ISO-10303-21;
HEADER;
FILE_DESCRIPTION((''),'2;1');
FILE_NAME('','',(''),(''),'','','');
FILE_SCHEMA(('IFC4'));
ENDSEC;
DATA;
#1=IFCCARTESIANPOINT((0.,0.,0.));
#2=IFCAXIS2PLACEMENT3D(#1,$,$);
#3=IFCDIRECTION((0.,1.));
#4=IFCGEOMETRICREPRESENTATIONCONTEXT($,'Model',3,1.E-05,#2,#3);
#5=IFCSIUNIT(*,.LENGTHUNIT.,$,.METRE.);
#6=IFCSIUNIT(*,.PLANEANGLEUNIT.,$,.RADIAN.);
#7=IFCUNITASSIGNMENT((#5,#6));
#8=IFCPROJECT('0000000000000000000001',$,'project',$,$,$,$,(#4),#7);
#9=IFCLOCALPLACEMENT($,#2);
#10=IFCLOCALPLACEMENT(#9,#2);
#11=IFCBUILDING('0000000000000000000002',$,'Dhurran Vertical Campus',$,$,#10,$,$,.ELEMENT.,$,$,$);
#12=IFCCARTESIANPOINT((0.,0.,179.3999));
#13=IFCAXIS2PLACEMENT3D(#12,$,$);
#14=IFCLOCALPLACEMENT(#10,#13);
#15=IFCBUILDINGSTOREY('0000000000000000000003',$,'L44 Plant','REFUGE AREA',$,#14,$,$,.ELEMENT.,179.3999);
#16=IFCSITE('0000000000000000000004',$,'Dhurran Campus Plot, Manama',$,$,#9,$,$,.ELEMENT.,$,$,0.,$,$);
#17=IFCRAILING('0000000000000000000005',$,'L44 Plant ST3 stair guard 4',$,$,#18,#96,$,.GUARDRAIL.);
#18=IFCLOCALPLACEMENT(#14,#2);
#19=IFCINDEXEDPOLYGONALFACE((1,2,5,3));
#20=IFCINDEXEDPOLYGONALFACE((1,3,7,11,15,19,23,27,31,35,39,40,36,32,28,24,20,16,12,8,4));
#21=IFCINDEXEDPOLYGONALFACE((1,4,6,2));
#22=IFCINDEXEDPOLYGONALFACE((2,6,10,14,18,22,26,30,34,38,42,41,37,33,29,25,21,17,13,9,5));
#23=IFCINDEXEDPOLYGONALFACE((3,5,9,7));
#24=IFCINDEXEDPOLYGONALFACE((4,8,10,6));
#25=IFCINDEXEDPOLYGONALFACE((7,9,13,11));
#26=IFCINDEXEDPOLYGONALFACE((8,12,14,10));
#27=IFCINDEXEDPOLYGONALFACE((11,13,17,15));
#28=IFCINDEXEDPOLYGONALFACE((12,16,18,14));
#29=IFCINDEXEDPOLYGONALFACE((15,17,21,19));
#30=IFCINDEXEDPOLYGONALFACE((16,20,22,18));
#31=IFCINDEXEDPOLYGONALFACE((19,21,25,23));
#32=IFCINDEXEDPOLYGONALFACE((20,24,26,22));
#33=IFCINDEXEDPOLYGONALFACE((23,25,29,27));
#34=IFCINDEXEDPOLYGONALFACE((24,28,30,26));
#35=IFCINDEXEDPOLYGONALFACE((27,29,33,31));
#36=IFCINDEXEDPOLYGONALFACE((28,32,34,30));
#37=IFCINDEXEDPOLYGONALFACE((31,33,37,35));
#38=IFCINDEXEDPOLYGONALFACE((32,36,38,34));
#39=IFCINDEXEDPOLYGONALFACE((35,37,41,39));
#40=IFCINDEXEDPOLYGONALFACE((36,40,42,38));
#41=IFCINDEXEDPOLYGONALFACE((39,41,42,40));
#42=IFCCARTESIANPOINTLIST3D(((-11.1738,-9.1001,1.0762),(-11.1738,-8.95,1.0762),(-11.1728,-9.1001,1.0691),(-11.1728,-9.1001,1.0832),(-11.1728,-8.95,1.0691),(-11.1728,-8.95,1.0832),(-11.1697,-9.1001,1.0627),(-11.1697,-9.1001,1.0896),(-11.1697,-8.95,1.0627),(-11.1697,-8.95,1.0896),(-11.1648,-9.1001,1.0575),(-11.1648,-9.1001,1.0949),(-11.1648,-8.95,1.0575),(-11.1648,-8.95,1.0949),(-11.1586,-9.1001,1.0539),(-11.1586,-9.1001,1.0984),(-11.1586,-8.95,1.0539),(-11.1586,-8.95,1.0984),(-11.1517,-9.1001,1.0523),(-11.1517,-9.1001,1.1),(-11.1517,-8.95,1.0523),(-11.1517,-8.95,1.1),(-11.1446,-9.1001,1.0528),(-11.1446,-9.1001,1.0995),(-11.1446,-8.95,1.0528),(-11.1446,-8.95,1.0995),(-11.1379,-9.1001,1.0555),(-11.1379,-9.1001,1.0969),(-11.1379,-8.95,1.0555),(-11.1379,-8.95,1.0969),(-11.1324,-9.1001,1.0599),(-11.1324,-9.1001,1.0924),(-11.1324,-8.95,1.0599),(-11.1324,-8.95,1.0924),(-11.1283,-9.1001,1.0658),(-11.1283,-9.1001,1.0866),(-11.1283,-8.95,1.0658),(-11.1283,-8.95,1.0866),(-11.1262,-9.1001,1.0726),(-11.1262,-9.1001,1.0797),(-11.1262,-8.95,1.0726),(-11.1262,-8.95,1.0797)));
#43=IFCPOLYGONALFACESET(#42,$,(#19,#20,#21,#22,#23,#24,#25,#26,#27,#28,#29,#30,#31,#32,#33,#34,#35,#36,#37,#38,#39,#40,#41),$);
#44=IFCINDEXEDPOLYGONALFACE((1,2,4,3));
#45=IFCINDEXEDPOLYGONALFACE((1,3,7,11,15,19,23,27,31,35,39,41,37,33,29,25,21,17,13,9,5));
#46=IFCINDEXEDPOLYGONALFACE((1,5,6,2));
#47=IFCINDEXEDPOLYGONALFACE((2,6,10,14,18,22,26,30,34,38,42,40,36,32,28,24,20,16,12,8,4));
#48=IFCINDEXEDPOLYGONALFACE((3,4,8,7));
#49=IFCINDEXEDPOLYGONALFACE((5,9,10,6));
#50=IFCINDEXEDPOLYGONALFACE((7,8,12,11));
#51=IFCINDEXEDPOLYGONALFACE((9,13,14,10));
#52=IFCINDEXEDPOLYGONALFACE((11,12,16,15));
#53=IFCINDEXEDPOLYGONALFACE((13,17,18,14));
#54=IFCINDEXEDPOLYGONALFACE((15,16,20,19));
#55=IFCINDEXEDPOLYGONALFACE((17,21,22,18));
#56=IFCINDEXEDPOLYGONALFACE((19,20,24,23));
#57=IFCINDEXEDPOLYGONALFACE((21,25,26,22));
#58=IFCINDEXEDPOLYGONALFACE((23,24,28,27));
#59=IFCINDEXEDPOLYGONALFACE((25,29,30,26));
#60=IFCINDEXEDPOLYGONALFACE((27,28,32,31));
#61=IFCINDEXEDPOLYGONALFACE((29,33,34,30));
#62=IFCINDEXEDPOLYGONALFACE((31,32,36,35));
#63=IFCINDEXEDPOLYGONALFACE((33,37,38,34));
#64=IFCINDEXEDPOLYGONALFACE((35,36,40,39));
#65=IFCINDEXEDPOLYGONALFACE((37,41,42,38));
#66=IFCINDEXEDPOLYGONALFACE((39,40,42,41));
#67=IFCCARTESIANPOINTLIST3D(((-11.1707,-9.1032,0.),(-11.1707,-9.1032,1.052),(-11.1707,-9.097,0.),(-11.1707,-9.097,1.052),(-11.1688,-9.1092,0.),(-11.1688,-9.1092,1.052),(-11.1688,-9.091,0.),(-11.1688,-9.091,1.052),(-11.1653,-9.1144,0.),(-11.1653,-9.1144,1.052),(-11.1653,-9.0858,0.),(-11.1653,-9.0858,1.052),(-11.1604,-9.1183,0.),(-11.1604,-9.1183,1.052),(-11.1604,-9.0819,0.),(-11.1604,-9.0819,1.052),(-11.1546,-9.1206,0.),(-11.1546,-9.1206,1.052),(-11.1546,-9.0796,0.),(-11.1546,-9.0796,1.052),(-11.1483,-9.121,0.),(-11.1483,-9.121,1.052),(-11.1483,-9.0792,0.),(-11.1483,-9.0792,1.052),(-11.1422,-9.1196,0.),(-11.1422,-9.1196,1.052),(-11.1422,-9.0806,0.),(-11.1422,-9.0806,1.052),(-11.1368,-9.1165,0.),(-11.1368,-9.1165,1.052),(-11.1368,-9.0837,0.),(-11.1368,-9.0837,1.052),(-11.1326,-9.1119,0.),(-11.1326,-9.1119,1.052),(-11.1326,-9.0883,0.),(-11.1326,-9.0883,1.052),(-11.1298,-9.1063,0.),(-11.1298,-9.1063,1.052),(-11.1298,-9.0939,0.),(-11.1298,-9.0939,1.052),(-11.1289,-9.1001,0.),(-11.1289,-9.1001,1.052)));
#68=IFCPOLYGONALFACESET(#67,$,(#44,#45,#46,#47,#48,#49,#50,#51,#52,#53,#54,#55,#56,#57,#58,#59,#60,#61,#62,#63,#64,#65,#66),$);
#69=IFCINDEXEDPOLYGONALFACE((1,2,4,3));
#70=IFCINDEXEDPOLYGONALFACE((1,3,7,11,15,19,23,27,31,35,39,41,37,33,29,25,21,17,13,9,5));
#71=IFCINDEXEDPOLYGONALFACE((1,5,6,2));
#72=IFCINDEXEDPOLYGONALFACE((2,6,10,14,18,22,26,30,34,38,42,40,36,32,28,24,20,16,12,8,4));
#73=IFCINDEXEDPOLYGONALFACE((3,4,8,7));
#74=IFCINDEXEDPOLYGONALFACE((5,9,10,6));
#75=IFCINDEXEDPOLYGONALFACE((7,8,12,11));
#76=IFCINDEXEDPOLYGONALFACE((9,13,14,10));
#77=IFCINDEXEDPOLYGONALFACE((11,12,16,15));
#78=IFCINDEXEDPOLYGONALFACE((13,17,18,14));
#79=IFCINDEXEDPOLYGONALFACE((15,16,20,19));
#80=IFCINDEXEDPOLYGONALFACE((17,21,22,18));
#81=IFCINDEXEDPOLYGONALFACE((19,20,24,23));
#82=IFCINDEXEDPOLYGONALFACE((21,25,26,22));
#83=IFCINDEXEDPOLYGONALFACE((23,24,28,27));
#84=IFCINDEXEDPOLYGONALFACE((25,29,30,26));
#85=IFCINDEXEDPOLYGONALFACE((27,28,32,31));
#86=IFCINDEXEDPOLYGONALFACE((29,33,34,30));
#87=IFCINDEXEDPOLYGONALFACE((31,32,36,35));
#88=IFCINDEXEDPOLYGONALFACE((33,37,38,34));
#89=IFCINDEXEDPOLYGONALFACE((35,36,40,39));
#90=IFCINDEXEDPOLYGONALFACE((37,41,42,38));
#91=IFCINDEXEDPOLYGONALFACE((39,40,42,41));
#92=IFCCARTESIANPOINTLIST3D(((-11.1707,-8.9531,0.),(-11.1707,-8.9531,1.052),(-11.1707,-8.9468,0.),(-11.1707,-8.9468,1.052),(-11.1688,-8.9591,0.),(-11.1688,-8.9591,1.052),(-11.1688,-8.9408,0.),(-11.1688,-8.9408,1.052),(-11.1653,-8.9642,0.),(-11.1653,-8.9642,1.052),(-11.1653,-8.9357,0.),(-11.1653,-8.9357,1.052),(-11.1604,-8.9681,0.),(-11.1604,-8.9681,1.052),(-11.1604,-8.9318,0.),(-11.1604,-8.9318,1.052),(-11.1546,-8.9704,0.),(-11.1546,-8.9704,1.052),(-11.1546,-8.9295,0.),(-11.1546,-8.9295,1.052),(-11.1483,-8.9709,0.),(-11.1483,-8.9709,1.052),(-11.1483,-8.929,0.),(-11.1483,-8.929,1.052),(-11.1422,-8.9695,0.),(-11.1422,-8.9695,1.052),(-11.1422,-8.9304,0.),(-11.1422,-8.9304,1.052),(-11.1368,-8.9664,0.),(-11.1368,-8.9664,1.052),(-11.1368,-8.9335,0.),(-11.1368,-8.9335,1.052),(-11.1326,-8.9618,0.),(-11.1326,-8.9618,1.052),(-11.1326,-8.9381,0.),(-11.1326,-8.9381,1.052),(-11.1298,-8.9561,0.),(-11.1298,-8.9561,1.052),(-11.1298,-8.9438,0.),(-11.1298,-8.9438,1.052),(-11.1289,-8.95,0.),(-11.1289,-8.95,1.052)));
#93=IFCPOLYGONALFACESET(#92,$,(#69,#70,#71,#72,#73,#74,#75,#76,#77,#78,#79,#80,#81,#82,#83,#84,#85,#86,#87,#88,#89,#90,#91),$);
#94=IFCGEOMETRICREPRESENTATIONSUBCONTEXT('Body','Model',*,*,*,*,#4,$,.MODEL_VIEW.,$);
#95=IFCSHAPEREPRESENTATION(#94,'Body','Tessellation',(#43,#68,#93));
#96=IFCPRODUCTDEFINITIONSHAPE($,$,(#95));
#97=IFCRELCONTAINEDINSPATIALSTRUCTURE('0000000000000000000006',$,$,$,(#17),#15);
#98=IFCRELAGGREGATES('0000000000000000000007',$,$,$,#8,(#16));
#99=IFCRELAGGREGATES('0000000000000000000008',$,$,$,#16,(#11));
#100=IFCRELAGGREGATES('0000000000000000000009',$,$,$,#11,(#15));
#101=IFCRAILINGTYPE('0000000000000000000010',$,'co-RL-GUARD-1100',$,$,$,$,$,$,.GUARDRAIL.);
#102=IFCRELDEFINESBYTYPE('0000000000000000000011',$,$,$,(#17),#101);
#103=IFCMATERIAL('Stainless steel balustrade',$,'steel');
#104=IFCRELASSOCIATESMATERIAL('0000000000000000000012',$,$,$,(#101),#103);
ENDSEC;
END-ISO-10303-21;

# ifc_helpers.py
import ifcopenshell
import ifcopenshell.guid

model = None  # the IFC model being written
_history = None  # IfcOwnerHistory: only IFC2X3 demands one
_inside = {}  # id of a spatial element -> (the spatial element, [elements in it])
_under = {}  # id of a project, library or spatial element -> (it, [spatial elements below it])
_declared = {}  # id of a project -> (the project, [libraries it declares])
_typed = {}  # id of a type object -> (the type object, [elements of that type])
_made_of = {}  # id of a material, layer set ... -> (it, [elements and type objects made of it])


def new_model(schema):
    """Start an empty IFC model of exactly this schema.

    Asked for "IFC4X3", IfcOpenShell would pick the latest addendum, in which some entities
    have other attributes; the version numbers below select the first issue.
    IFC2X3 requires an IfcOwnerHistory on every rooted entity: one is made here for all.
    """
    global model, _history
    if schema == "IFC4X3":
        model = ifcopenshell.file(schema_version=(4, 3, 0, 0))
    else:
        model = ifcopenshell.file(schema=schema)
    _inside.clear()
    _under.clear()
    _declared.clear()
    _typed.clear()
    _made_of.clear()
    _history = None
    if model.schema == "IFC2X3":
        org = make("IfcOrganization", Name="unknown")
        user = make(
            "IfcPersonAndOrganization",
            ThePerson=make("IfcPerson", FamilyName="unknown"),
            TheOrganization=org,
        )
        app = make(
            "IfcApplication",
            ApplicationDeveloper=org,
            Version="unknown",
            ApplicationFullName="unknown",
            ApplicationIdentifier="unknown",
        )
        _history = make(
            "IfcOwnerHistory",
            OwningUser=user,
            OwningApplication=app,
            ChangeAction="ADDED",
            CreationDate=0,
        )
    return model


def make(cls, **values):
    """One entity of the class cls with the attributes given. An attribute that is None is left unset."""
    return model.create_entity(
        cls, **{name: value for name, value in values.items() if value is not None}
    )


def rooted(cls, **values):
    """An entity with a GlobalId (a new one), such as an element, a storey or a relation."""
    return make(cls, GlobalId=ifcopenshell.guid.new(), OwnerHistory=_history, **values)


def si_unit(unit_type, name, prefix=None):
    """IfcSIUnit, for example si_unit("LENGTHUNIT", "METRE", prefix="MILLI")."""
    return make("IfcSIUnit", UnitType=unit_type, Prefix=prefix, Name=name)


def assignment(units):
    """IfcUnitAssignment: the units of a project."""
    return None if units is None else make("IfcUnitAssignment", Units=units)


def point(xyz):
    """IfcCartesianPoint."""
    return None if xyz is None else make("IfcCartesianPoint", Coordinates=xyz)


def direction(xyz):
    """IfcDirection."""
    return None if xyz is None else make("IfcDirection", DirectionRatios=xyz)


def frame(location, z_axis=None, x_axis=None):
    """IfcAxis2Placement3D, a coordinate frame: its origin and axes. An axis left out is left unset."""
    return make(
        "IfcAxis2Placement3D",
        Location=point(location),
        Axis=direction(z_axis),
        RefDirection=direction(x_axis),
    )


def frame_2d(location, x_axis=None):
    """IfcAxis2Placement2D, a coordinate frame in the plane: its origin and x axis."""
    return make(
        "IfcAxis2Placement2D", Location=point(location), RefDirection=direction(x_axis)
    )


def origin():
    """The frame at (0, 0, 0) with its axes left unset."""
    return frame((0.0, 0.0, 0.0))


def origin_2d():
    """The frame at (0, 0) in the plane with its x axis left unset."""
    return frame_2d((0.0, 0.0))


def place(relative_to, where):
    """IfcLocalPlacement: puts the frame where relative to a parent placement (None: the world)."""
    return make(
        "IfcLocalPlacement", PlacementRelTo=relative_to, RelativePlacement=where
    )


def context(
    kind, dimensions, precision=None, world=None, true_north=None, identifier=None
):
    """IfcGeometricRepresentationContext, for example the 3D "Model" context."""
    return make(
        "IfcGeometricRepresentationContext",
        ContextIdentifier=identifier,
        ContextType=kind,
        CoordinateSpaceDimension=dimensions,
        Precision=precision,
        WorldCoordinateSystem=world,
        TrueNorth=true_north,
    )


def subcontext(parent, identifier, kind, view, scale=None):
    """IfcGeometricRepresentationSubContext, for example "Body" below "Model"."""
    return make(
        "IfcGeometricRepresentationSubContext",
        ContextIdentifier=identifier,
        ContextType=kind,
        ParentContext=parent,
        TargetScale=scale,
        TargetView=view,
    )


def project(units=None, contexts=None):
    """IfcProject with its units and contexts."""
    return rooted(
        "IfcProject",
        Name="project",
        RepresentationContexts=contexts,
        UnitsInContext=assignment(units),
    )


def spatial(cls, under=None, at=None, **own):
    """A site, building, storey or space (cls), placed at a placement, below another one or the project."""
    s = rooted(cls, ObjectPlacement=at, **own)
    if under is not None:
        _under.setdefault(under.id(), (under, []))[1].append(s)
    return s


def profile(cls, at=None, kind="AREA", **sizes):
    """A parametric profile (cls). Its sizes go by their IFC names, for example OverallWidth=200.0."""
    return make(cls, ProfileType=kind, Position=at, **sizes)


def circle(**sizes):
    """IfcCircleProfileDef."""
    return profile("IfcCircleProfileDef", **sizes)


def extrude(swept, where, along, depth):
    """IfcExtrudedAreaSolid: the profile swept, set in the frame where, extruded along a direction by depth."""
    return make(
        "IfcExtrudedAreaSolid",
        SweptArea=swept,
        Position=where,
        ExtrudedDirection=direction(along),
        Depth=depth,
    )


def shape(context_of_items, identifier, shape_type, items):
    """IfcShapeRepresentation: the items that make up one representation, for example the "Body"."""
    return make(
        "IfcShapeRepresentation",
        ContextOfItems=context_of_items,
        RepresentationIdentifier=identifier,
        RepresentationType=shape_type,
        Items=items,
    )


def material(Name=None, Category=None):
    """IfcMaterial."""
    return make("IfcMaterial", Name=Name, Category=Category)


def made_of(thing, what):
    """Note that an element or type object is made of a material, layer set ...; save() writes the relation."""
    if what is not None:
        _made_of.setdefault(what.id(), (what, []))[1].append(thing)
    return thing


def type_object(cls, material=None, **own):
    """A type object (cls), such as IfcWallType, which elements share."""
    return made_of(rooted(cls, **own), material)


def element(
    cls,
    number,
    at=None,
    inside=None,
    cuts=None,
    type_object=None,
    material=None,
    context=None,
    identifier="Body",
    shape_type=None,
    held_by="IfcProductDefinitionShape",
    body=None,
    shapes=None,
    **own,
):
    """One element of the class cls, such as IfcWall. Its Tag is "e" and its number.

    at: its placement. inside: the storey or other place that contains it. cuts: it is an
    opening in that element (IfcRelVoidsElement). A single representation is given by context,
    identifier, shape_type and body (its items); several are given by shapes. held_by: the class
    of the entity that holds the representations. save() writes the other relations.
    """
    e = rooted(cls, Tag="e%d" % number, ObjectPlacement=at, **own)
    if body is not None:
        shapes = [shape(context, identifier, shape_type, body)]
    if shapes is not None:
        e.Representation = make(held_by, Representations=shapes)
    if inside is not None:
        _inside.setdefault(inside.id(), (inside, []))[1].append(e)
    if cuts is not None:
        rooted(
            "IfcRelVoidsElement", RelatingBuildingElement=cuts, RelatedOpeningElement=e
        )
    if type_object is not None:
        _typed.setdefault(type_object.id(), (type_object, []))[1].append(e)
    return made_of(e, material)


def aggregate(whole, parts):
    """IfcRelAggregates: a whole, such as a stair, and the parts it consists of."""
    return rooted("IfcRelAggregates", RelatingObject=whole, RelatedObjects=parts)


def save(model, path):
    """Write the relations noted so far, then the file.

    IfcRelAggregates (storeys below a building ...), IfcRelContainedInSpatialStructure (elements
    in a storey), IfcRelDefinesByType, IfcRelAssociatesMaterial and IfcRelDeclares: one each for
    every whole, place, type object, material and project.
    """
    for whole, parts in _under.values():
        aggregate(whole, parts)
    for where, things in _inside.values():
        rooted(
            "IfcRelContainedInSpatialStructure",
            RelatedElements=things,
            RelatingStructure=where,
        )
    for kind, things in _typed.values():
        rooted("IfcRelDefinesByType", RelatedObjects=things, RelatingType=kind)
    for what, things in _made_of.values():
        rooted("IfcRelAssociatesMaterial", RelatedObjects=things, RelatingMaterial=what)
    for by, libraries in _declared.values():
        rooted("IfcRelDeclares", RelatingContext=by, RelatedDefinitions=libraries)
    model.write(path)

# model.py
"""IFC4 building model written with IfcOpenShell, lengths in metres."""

from ifc_helpers import new_model, si_unit, direction, frame, origin, origin_2d, place, context, subcontext, project, spatial, circle, extrude, material, type_object, element, save


model = new_model("IFC4")

# Units and contexts
model_context = context("Model", 3, precision=1e-05, world=origin(), true_north=direction((0.0, 1.0)))
body_context = subcontext(model_context, "Body", "Model", "MODEL_VIEW")
ifc_project = project(units=[si_unit("LENGTHUNIT", "METRE"), si_unit("PLANEANGLEUNIT", "RADIAN")], contexts=[model_context])

# Site, building, storey
site_placement = place(None, origin())
site = spatial("IfcSite", under=ifc_project, at=site_placement, Name="Dhurran Campus Plot, Manama", CompositionType="ELEMENT", RefElevation=0.0)
building_placement = place(site_placement, origin())
building = spatial("IfcBuilding", under=site, at=building_placement, Name="Dhurran Vertical Campus", CompositionType="ELEMENT")
storey_placement = place(building_placement, frame((0.0, 0.0, 179.3999)))
storey = spatial("IfcBuildingStorey", under=building, at=storey_placement, Name="L44 Plant", Description="REFUGE AREA", CompositionType="ELEMENT", Elevation=179.3999)

# Railing
ifc_material_1 = material(Name="Stainless steel balustrade", Category="steel")
railing_type_1 = type_object("IfcRailingType", Name="co-RL-GUARD-1100", PredefinedType="GUARDRAIL", material=ifc_material_1)
railing_1_placement = place(storey_placement, frame((-11.1499, -9.1001, 0.0)))
element("IfcRailing", 1, at=railing_1_placement, inside=storey, type_object=railing_type_1, Name="L44 Plant ST3 stair guard 4", PredefinedType="GUARDRAIL", context=body_context, shape_type="SweptSolid", body=[
    extrude(circle(Radius=0.0239, at=origin_2d()), frame((0.0, 0.0, 1.0762), z_axis=(0.0, 1.0, 0.0), x_axis=(-1.0, 0.0, 0.0)), (0.0, 0.0, 1.0), 0.1501),
    extrude(circle(Radius=0.021, at=origin_2d()), origin(), (0.0, 0.0, 1.0), 1.052),
    extrude(circle(Radius=0.021, at=origin_2d()), frame((0.0, 0.1501, 0.0)), (0.0, 0.0, 1.0), 1.052),
])

save(model, "model.ifc")
